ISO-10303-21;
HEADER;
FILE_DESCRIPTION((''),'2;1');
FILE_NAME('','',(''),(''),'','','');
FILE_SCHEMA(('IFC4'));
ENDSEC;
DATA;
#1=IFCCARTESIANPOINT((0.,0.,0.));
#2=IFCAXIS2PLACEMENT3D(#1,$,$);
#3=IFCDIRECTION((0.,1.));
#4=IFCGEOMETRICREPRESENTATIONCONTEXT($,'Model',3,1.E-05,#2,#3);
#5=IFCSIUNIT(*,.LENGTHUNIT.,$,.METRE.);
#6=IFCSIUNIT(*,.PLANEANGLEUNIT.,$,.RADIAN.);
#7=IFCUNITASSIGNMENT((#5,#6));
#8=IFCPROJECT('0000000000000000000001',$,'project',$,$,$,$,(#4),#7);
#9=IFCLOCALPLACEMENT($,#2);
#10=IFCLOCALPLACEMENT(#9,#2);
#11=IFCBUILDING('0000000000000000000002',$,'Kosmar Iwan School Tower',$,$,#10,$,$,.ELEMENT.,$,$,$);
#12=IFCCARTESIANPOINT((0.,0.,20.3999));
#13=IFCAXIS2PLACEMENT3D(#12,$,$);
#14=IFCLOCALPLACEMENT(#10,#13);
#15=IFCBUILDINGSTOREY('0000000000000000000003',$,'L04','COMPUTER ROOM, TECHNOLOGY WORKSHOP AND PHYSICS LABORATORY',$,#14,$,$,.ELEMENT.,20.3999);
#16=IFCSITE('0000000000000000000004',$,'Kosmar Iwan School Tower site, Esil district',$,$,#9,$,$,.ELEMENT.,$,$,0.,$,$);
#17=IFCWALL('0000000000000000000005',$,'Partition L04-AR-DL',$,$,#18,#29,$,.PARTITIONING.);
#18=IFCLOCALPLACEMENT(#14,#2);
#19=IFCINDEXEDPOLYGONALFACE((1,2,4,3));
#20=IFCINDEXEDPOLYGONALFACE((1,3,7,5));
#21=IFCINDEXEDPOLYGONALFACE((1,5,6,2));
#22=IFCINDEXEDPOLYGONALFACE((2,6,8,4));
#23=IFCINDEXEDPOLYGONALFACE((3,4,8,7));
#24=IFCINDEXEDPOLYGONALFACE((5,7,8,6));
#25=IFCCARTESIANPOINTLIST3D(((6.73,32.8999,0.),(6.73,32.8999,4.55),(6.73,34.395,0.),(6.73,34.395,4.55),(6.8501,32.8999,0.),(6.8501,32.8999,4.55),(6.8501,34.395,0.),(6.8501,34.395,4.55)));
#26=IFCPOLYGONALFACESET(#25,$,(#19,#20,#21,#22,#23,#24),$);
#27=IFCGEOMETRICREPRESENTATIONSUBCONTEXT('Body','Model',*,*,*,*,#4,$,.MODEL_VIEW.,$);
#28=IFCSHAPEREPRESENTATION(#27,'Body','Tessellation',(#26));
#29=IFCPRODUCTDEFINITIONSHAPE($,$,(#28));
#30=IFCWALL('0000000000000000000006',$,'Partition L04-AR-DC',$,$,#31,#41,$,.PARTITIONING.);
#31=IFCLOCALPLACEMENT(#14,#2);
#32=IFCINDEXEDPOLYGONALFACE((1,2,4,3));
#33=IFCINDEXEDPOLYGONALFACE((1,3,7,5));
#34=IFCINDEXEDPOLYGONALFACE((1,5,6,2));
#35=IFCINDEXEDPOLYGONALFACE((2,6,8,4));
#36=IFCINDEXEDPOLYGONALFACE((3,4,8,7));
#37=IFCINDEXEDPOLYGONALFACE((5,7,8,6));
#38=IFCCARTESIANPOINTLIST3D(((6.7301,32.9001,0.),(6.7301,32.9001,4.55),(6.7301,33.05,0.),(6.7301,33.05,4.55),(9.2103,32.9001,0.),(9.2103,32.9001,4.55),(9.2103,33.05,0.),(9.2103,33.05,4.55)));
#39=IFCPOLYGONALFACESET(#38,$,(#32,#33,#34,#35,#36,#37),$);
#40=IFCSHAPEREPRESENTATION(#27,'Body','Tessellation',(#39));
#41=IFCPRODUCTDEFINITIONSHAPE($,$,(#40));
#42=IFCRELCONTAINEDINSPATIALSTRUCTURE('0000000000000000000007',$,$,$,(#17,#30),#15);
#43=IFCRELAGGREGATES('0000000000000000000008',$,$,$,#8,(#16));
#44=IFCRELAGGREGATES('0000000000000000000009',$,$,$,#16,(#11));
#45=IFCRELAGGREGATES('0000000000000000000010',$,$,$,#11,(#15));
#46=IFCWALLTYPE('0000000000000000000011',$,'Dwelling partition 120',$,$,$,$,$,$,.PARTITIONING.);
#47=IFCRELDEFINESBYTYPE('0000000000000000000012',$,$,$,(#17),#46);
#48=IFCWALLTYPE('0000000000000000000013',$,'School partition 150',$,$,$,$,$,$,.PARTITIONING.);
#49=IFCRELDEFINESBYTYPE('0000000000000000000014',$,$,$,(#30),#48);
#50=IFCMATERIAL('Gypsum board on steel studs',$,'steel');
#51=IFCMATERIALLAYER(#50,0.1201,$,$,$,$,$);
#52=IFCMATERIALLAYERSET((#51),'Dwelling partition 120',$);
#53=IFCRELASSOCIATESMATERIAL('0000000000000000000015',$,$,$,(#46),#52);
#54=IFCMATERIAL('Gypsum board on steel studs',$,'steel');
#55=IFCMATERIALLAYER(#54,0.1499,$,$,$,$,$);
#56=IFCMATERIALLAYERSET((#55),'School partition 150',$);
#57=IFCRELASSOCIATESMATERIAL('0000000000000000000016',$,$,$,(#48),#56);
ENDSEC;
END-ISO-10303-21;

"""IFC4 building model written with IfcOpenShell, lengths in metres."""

from ifc_helpers import new_model, si_unit, direction, frame, frame_2d, origin, place, context, subcontext, project, spatial, rectangle, extrude, material, layer, layer_set, type_object, element, save


model = new_model("IFC4")

# Units and contexts
model_context = context("Model", 3, precision=1e-05, world=origin(), true_north=direction((0.0, 1.0)))
body_context = subcontext(model_context, "Body", "Model", "MODEL_VIEW")
ifc_project = project(units=[si_unit("LENGTHUNIT", "METRE"), si_unit("PLANEANGLEUNIT", "RADIAN")], contexts=[model_context])

# Site, building, storey
site_placement = place(None, origin())
site = spatial("IfcSite", under=ifc_project, at=site_placement, Name="Kosmar Iwan School Tower site, Esil district", CompositionType="ELEMENT", RefElevation=0.0)
building_placement = place(site_placement, origin())
building = spatial("IfcBuilding", under=site, at=building_placement, Name="Kosmar Iwan School Tower", CompositionType="ELEMENT")
storey_placement = place(building_placement, frame((0.0, 0.0, 20.3999)))
storey = spatial("IfcBuildingStorey", under=building, at=storey_placement, Name="L04", Description="COMPUTER ROOM, TECHNOLOGY WORKSHOP AND PHYSICS LABORATORY", CompositionType="ELEMENT", Elevation=20.3999)

# Walls
ifc_material_1 = material(Name="Gypsum board on steel studs", Category="steel")
ifc_layer_1 = layer(ifc_material_1, 0.1201)
ifc_layer_set_1 = layer_set([ifc_layer_1], Name="Dwelling partition 120")
wall_type_1 = type_object("IfcWallType", Name="Dwelling partition 120", PredefinedType="PARTITIONING", material=ifc_layer_set_1)
wall_1_placement = place(storey_placement, frame((6.79, 32.8999, 0.0), z_axis=(0.0, 0.0, 1.0), x_axis=(0.0, 1.0, 0.0)))
element("IfcWall", 1, at=wall_1_placement, inside=storey, type_object=wall_type_1, Name="Partition L04-AR-DL", PredefinedType="PARTITIONING", context=body_context, shape_type="SweptSolid", body=[
    extrude(rectangle(XDim=1.4951, YDim=0.1201, at=frame_2d((0.7476, 0.0))), origin(), (0.0, 0.0, 1.0), 4.55),
])
ifc_material_2 = material(Name="Gypsum board on steel studs", Category="steel")
ifc_layer_2 = layer(ifc_material_2, 0.1499)
ifc_layer_set_2 = layer_set([ifc_layer_2], Name="School partition 150")
wall_type_2 = type_object("IfcWallType", Name="School partition 150", PredefinedType="PARTITIONING", material=ifc_layer_set_2)
wall_2_placement = place(storey_placement, frame((6.73, 32.9751, 0.0), z_axis=(0.0, 0.0, 1.0), x_axis=(1.0, 0.0, 0.0)))
element("IfcWall", 2, at=wall_2_placement, inside=storey, type_object=wall_type_2, Name="Partition L04-AR-DC", PredefinedType="PARTITIONING", context=body_context, shape_type="SweptSolid", body=[
    extrude(rectangle(XDim=2.4802, YDim=0.1499, at=frame_2d((1.2402, 0.0))), origin(), (0.0, 0.0, 1.0), 4.55),
])

save(model, "model.ifc")
